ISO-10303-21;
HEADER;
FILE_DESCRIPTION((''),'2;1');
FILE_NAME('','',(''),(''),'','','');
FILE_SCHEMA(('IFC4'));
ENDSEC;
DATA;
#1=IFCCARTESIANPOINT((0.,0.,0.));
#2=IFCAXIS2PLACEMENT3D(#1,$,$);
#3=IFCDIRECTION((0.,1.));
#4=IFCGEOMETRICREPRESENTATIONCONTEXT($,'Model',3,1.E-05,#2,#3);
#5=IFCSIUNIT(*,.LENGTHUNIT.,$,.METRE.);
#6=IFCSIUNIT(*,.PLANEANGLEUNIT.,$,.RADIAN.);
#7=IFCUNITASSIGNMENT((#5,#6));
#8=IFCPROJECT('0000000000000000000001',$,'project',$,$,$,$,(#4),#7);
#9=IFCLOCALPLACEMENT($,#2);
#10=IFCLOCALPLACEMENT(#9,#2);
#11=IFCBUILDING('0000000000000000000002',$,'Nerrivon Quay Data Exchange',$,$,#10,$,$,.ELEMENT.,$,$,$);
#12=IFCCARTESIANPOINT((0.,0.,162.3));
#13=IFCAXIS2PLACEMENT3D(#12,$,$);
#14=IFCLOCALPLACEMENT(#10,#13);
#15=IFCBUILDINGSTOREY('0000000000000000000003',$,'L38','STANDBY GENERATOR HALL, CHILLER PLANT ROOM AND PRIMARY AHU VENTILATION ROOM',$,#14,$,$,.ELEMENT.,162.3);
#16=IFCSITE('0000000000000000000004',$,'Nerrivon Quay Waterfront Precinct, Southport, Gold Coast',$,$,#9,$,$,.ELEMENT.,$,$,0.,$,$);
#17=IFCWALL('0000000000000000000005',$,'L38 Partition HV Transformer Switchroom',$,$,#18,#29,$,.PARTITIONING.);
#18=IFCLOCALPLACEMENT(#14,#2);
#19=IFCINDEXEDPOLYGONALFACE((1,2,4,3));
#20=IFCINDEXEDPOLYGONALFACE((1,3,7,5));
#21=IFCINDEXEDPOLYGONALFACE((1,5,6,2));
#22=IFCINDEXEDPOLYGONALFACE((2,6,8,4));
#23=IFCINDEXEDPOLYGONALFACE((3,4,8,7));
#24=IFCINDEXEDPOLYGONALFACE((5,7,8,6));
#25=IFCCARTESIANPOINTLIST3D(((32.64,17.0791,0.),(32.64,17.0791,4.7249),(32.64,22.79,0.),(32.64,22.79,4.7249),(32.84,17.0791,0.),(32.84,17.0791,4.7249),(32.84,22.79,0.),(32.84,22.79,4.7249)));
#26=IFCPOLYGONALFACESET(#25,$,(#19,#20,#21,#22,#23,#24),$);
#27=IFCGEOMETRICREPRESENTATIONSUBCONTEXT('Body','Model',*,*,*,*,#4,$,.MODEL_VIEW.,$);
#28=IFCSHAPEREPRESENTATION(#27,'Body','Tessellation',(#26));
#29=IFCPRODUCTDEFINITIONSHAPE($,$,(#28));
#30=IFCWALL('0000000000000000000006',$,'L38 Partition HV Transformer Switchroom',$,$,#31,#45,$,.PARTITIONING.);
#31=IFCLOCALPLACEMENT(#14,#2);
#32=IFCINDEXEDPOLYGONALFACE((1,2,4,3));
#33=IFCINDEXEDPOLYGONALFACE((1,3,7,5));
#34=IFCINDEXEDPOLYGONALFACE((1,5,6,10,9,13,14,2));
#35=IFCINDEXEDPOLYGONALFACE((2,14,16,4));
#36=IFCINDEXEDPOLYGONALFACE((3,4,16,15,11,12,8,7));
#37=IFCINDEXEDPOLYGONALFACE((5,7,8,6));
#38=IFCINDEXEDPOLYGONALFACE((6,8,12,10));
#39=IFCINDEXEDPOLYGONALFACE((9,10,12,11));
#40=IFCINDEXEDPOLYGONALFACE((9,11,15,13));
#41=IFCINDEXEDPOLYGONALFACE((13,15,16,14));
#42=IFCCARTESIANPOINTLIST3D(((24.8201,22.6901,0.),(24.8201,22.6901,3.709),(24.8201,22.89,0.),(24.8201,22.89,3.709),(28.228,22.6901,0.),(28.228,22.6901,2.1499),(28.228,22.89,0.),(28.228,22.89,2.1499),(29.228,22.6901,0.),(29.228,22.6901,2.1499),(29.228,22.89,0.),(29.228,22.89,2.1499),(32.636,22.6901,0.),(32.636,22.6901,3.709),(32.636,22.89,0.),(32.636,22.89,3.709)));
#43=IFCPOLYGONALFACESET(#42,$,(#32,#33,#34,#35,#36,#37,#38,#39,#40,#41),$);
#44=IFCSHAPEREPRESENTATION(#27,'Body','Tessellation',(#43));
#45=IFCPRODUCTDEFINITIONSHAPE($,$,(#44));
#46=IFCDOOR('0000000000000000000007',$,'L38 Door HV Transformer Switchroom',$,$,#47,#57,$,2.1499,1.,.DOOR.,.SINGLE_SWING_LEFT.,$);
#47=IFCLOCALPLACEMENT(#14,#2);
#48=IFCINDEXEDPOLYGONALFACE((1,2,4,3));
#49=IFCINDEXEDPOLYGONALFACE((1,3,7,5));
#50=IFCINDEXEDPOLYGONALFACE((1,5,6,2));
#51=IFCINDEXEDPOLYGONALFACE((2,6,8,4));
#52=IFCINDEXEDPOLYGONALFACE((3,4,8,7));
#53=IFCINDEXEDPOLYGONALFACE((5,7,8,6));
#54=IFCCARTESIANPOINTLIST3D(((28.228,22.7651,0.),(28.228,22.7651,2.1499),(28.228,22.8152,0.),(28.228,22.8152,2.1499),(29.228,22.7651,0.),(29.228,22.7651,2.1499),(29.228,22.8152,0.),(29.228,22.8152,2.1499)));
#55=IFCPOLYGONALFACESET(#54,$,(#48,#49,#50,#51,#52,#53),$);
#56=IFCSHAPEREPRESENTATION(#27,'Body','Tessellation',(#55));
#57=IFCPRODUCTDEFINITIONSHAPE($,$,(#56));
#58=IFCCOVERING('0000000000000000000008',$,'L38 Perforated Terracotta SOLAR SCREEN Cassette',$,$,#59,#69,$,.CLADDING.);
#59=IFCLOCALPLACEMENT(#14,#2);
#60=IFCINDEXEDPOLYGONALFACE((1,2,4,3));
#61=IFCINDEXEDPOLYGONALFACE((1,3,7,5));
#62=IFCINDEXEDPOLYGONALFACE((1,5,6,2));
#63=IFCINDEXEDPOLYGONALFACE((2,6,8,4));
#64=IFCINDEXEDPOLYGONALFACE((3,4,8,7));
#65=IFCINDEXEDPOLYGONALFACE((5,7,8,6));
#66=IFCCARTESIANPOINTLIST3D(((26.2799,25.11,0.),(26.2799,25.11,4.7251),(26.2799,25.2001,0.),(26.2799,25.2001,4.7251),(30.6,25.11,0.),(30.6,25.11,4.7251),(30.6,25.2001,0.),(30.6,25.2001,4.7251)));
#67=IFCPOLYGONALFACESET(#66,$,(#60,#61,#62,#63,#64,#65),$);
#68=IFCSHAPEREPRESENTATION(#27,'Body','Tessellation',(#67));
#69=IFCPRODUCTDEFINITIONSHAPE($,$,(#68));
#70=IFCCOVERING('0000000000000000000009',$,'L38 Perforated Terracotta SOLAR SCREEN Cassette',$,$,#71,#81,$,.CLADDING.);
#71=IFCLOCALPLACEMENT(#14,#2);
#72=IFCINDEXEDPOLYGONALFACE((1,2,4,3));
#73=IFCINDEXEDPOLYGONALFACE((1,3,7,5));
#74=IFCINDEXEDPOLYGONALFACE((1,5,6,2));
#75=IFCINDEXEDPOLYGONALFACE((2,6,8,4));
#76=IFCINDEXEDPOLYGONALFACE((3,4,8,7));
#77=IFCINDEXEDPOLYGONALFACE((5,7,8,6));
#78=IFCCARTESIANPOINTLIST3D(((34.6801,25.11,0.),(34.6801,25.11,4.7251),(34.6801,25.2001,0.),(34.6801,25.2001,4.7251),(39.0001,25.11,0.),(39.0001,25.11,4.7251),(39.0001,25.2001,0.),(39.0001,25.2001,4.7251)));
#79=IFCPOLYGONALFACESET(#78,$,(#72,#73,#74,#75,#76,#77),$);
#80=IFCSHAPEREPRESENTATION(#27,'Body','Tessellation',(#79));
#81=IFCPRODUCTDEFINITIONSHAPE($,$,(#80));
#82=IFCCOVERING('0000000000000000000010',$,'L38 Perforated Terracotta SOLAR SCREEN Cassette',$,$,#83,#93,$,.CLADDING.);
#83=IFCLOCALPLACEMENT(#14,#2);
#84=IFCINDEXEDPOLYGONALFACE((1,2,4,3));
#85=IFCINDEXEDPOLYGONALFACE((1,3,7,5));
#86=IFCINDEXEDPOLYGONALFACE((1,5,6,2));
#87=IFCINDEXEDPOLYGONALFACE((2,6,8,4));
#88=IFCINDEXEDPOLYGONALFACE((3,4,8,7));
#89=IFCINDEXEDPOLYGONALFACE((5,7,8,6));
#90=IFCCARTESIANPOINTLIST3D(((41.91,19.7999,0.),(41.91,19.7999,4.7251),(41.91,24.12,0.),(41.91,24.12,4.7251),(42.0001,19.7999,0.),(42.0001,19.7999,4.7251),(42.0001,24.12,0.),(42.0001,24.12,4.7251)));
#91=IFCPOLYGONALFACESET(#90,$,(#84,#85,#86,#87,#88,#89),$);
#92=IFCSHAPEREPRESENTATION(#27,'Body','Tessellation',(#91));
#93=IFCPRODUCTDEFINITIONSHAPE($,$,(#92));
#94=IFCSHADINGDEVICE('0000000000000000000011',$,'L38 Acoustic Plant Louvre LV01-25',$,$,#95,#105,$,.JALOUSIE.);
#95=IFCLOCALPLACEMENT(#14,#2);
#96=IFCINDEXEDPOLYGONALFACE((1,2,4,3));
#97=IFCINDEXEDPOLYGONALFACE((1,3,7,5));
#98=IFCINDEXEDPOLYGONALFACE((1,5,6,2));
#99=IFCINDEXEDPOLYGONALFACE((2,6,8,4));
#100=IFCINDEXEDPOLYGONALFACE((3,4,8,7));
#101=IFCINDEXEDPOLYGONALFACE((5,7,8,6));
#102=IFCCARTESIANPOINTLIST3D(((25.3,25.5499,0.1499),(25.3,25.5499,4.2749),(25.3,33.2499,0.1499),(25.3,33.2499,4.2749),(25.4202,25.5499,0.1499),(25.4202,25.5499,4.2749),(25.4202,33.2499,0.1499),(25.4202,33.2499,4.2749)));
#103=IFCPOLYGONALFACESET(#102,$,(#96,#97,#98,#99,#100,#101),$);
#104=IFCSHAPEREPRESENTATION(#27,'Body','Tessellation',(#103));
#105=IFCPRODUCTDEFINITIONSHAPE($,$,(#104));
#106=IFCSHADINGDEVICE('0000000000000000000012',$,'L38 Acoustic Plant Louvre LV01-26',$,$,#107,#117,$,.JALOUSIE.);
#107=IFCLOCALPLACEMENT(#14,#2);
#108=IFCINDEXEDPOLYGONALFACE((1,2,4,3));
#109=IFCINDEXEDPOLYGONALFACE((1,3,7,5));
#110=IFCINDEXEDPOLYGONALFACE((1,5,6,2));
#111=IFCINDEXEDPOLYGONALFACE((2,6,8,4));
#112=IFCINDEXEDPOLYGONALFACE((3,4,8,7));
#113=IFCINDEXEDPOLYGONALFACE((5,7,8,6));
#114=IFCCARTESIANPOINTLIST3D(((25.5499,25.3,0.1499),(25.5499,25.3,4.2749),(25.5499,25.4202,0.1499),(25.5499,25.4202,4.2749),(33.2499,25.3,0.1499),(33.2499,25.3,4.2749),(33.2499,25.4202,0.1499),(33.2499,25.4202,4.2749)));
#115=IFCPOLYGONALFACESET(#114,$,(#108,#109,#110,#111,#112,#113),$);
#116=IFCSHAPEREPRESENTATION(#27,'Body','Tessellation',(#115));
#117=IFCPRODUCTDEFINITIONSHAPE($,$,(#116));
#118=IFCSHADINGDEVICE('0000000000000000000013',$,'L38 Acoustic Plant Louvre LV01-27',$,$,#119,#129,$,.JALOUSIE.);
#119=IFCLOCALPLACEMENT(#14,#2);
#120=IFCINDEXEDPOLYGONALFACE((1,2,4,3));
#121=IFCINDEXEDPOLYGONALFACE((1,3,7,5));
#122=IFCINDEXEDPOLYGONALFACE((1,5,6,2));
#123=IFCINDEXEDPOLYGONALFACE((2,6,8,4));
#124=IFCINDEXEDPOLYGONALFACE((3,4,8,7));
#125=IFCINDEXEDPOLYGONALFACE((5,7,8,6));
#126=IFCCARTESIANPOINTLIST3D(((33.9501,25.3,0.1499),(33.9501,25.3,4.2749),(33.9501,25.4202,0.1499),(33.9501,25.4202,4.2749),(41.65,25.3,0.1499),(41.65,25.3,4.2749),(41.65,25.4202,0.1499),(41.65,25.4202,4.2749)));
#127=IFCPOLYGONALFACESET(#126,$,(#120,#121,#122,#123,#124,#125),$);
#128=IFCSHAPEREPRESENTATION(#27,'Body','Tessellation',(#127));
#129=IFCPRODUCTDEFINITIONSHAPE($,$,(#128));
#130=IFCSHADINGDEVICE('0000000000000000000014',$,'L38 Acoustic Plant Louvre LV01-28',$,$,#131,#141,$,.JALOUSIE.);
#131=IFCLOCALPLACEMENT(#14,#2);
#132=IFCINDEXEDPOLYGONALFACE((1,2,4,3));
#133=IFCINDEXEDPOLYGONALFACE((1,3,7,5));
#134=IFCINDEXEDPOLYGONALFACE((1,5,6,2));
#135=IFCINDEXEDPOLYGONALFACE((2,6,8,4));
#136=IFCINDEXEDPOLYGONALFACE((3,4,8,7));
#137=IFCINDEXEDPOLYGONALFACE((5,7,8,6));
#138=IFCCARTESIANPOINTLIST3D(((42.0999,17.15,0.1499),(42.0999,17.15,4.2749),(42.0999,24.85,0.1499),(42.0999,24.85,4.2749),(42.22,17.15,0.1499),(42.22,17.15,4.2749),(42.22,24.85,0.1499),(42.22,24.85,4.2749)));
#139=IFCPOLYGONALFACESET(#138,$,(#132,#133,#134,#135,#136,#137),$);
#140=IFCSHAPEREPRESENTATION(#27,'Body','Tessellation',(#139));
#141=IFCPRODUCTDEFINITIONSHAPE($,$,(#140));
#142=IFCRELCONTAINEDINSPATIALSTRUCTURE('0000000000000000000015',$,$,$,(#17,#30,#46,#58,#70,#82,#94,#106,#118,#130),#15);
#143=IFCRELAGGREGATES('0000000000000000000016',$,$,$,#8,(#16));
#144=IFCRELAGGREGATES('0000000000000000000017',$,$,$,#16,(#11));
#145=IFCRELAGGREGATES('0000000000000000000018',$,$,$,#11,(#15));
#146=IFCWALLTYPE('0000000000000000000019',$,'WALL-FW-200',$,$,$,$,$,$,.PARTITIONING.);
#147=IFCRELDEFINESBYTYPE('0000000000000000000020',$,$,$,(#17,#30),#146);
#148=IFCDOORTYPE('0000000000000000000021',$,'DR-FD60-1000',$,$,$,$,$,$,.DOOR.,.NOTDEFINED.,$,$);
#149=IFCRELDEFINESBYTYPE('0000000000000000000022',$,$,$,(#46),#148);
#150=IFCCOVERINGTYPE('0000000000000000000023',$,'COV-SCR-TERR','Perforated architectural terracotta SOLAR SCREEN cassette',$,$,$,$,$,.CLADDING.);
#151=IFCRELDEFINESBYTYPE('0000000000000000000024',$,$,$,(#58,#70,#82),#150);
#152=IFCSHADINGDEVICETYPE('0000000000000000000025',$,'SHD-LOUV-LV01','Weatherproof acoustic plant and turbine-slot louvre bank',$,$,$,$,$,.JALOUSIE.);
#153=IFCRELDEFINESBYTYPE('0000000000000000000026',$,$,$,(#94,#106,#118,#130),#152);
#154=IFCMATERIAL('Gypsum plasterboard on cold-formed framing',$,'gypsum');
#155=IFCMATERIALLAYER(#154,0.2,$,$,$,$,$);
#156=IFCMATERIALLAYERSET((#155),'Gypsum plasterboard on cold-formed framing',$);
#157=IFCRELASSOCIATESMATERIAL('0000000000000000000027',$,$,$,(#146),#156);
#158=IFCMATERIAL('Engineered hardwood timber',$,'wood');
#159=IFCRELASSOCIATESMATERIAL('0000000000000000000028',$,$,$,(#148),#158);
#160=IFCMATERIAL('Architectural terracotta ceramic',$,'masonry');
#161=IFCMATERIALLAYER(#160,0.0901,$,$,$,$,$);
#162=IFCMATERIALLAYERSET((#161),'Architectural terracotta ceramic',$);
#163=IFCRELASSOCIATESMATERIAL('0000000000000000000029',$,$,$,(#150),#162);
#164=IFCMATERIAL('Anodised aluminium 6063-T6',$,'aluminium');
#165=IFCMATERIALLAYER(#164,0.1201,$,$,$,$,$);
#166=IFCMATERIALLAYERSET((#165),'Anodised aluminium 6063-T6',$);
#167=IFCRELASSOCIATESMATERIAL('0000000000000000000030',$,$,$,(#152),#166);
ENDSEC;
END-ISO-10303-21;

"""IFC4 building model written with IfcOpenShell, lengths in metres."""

from ifc_helpers import new_model, si_unit, direction, frame, frame_2d, origin, origin_2d, place, context, subcontext, project, spatial, rectangle, extrude, material, layer, layer_set, type_object, element, fill, save


model = new_model("IFC4")

# Units and contexts
model_context = context("Model", 3, precision=1e-05, world=origin(), true_north=direction((0.0, 1.0)))
body_context = subcontext(model_context, "Body", "Model", "MODEL_VIEW")
ifc_project = project(units=[si_unit("LENGTHUNIT", "METRE"), si_unit("PLANEANGLEUNIT", "RADIAN")], contexts=[model_context])

# Site, building, storey
site_placement = place(None, origin())
site = spatial("IfcSite", under=ifc_project, at=site_placement, Name="Nerrivon Quay Waterfront Precinct, Southport, Gold Coast", CompositionType="ELEMENT", RefElevation=0.0)
building_placement = place(site_placement, origin())
building = spatial("IfcBuilding", under=site, at=building_placement, Name="Nerrivon Quay Data Exchange", CompositionType="ELEMENT")
storey_placement = place(building_placement, frame((0.0, 0.0, 162.3)))
storey = spatial("IfcBuildingStorey", under=building, at=storey_placement, Name="L38", Description="STANDBY GENERATOR HALL, CHILLER PLANT ROOM AND PRIMARY AHU VENTILATION ROOM", CompositionType="ELEMENT", Elevation=162.3)

# Shared definitions
ifc_material_1 = material(Name="Gypsum plasterboard on cold-formed framing", Category="gypsum")
ifc_layer_1 = layer(ifc_material_1, 0.2)
ifc_layer_set_1 = layer_set([ifc_layer_1], Name="Gypsum plasterboard on cold-formed framing")
wall_type_1 = type_object("IfcWallType", Name="WALL-FW-200", PredefinedType="PARTITIONING", material=ifc_layer_set_1)
ifc_material_2 = material(Name="Engineered hardwood timber", Category="wood")
door_type = type_object("IfcDoorType", Name="DR-FD60-1000", OperationType="NOTDEFINED", PredefinedType="DOOR", material=ifc_material_2)

# Wall
wall_1_placement = place(storey_placement, frame((32.74, 17.0791, 0.0), z_axis=(0.0, 0.0, 1.0), x_axis=(0.0, 1.0, 0.0)))
element("IfcWall", 1, at=wall_1_placement, inside=storey, type_object=wall_type_1, Name="L38 Partition HV Transformer Switchroom", PredefinedType="PARTITIONING", context=body_context, shape_type="SweptSolid", body=[
    extrude(rectangle(XDim=5.7109, YDim=0.2, at=frame_2d((2.8555, 0.0))), origin(), (0.0, 0.0, 1.0), 4.7249),
])

# Wall, opening, door
wall_2_placement = place(storey_placement, frame((32.636, 22.79, 0.0), z_axis=(0.0, 0.0, 1.0), x_axis=(-1.0, 0.0, 0.0)))
wall_2 = element("IfcWall", 2, at=wall_2_placement, inside=storey, type_object=wall_type_1, Name="L38 Partition HV Transformer Switchroom", PredefinedType="PARTITIONING", context=body_context, shape_type="SweptSolid", body=[
    extrude(rectangle(XDim=7.8159, YDim=0.2, at=frame_2d((3.908, 0.0))), origin(), (0.0, 0.0, 1.0), 3.709),
])
opening_1_placement = place(wall_2_placement, frame((3.408, 0.0, 0.0)))
opening_1 = element("IfcOpeningElement", 3, at=opening_1_placement, cuts=wall_2, PredefinedType="OPENING", context=body_context, shape_type="SweptSolid", body=[
    extrude(rectangle(XDim=1.0, YDim=2.1499, at=frame_2d((0.5, 1.075))), frame((0.0, 0.1099, 0.0), z_axis=(0.0, -1.0, 0.0), x_axis=(1.0, 0.0, 0.0)), (0.0, 0.0, 1.0), 0.22),
])
door_1_placement = place(opening_1_placement, origin())
door_1 = element("IfcDoor", 4, at=door_1_placement, inside=storey, type_object=door_type, Name="L38 Door HV Transformer Switchroom", OperationType="SINGLE_SWING_LEFT", OverallHeight=2.1499, OverallWidth=1.0, PredefinedType="DOOR", context=body_context, shape_type="SweptSolid", body=[
    extrude(rectangle(XDim=1.0, YDim=2.1499, at=frame_2d((0.5, 1.075))), frame((0.0, 0.0249, 0.0), z_axis=(0.0, -1.0, 0.0), x_axis=(1.0, 0.0, 0.0)), (0.0, 0.0, 1.0), 0.05),
])
fill(opening_1, door_1)

# Coverings
ifc_material_3 = material(Name="Architectural terracotta ceramic", Category="masonry")
ifc_layer_2 = layer(ifc_material_3, 0.0901)
ifc_layer_set_2 = layer_set([ifc_layer_2], Name="Architectural terracotta ceramic")
covering_type = type_object("IfcCoveringType", Name="COV-SCR-TERR", Description="Perforated architectural terracotta SOLAR SCREEN cassette", PredefinedType="CLADDING", material=ifc_layer_set_2)
for number, where, z_axis, x_axis, name in (
    (5, (28.4399, 25.155, 0.0), (0.0, 0.0, 1.0), (1.0, 0.0, 0.0), "L38 Perforated Terracotta SOLAR SCREEN Cassette"),
    (6, (36.8401, 25.155, 0.0), (0.0, 0.0, 1.0), (1.0, 0.0, 0.0), "L38 Perforated Terracotta SOLAR SCREEN Cassette"),
    (7, (41.9551, 21.96, 0.0), (0.0, 0.0, 1.0), (0.0, -1.0, 0.0), "L38 Perforated Terracotta SOLAR SCREEN Cassette"),
):
    element("IfcCovering", number, at=place(storey_placement, frame(where, z_axis=z_axis, x_axis=x_axis)), inside=storey, type_object=covering_type, Name=name, PredefinedType="CLADDING", context=body_context, shape_type="SweptSolid", body=[
        extrude(rectangle(XDim=4.3201, YDim=0.0901, at=origin_2d()), origin(), (0.0, 0.0, 1.0), 4.7251),
    ])

# Shading devices
ifc_material_4 = material(Name="Anodised aluminium 6063-T6", Category="aluminium")
ifc_layer_3 = layer(ifc_material_4, 0.1201)
ifc_layer_set_3 = layer_set([ifc_layer_3], Name="Anodised aluminium 6063-T6")
shading_device_type = type_object("IfcShadingDeviceType", Name="SHD-LOUV-LV01", Description="Weatherproof acoustic plant and turbine-slot louvre bank", PredefinedType="JALOUSIE", material=ifc_layer_set_3)
for number, where, z_axis, x_axis, name in (
    (8, (25.3601, 29.3999, 0.1499), (0.0, 0.0, 1.0), (0.0, -1.0, 0.0), "L38 Acoustic Plant Louvre LV01-25"),
    (9, (29.3999, 25.3601, 0.1499), (0.0, 0.0, 1.0), (1.0, 0.0, 0.0), "L38 Acoustic Plant Louvre LV01-26"),
    (10, (37.8, 25.3601, 0.1499), (0.0, 0.0, 1.0), (1.0, 0.0, 0.0), "L38 Acoustic Plant Louvre LV01-27"),
    (11, (42.1599, 21.0, 0.1499), (0.0, 0.0, 1.0), (0.0, -1.0, 0.0), "L38 Acoustic Plant Louvre LV01-28"),
):
    element("IfcShadingDevice", number, at=place(storey_placement, frame(where, z_axis=z_axis, x_axis=x_axis)), inside=storey, type_object=shading_device_type, Name=name, PredefinedType="JALOUSIE", context=body_context, shape_type="SweptSolid", body=[
        extrude(rectangle(XDim=7.7, YDim=0.1201, at=origin_2d()), origin(), (0.0, 0.0, 1.0), 4.125),
    ])

save(model, "model.ifc")
